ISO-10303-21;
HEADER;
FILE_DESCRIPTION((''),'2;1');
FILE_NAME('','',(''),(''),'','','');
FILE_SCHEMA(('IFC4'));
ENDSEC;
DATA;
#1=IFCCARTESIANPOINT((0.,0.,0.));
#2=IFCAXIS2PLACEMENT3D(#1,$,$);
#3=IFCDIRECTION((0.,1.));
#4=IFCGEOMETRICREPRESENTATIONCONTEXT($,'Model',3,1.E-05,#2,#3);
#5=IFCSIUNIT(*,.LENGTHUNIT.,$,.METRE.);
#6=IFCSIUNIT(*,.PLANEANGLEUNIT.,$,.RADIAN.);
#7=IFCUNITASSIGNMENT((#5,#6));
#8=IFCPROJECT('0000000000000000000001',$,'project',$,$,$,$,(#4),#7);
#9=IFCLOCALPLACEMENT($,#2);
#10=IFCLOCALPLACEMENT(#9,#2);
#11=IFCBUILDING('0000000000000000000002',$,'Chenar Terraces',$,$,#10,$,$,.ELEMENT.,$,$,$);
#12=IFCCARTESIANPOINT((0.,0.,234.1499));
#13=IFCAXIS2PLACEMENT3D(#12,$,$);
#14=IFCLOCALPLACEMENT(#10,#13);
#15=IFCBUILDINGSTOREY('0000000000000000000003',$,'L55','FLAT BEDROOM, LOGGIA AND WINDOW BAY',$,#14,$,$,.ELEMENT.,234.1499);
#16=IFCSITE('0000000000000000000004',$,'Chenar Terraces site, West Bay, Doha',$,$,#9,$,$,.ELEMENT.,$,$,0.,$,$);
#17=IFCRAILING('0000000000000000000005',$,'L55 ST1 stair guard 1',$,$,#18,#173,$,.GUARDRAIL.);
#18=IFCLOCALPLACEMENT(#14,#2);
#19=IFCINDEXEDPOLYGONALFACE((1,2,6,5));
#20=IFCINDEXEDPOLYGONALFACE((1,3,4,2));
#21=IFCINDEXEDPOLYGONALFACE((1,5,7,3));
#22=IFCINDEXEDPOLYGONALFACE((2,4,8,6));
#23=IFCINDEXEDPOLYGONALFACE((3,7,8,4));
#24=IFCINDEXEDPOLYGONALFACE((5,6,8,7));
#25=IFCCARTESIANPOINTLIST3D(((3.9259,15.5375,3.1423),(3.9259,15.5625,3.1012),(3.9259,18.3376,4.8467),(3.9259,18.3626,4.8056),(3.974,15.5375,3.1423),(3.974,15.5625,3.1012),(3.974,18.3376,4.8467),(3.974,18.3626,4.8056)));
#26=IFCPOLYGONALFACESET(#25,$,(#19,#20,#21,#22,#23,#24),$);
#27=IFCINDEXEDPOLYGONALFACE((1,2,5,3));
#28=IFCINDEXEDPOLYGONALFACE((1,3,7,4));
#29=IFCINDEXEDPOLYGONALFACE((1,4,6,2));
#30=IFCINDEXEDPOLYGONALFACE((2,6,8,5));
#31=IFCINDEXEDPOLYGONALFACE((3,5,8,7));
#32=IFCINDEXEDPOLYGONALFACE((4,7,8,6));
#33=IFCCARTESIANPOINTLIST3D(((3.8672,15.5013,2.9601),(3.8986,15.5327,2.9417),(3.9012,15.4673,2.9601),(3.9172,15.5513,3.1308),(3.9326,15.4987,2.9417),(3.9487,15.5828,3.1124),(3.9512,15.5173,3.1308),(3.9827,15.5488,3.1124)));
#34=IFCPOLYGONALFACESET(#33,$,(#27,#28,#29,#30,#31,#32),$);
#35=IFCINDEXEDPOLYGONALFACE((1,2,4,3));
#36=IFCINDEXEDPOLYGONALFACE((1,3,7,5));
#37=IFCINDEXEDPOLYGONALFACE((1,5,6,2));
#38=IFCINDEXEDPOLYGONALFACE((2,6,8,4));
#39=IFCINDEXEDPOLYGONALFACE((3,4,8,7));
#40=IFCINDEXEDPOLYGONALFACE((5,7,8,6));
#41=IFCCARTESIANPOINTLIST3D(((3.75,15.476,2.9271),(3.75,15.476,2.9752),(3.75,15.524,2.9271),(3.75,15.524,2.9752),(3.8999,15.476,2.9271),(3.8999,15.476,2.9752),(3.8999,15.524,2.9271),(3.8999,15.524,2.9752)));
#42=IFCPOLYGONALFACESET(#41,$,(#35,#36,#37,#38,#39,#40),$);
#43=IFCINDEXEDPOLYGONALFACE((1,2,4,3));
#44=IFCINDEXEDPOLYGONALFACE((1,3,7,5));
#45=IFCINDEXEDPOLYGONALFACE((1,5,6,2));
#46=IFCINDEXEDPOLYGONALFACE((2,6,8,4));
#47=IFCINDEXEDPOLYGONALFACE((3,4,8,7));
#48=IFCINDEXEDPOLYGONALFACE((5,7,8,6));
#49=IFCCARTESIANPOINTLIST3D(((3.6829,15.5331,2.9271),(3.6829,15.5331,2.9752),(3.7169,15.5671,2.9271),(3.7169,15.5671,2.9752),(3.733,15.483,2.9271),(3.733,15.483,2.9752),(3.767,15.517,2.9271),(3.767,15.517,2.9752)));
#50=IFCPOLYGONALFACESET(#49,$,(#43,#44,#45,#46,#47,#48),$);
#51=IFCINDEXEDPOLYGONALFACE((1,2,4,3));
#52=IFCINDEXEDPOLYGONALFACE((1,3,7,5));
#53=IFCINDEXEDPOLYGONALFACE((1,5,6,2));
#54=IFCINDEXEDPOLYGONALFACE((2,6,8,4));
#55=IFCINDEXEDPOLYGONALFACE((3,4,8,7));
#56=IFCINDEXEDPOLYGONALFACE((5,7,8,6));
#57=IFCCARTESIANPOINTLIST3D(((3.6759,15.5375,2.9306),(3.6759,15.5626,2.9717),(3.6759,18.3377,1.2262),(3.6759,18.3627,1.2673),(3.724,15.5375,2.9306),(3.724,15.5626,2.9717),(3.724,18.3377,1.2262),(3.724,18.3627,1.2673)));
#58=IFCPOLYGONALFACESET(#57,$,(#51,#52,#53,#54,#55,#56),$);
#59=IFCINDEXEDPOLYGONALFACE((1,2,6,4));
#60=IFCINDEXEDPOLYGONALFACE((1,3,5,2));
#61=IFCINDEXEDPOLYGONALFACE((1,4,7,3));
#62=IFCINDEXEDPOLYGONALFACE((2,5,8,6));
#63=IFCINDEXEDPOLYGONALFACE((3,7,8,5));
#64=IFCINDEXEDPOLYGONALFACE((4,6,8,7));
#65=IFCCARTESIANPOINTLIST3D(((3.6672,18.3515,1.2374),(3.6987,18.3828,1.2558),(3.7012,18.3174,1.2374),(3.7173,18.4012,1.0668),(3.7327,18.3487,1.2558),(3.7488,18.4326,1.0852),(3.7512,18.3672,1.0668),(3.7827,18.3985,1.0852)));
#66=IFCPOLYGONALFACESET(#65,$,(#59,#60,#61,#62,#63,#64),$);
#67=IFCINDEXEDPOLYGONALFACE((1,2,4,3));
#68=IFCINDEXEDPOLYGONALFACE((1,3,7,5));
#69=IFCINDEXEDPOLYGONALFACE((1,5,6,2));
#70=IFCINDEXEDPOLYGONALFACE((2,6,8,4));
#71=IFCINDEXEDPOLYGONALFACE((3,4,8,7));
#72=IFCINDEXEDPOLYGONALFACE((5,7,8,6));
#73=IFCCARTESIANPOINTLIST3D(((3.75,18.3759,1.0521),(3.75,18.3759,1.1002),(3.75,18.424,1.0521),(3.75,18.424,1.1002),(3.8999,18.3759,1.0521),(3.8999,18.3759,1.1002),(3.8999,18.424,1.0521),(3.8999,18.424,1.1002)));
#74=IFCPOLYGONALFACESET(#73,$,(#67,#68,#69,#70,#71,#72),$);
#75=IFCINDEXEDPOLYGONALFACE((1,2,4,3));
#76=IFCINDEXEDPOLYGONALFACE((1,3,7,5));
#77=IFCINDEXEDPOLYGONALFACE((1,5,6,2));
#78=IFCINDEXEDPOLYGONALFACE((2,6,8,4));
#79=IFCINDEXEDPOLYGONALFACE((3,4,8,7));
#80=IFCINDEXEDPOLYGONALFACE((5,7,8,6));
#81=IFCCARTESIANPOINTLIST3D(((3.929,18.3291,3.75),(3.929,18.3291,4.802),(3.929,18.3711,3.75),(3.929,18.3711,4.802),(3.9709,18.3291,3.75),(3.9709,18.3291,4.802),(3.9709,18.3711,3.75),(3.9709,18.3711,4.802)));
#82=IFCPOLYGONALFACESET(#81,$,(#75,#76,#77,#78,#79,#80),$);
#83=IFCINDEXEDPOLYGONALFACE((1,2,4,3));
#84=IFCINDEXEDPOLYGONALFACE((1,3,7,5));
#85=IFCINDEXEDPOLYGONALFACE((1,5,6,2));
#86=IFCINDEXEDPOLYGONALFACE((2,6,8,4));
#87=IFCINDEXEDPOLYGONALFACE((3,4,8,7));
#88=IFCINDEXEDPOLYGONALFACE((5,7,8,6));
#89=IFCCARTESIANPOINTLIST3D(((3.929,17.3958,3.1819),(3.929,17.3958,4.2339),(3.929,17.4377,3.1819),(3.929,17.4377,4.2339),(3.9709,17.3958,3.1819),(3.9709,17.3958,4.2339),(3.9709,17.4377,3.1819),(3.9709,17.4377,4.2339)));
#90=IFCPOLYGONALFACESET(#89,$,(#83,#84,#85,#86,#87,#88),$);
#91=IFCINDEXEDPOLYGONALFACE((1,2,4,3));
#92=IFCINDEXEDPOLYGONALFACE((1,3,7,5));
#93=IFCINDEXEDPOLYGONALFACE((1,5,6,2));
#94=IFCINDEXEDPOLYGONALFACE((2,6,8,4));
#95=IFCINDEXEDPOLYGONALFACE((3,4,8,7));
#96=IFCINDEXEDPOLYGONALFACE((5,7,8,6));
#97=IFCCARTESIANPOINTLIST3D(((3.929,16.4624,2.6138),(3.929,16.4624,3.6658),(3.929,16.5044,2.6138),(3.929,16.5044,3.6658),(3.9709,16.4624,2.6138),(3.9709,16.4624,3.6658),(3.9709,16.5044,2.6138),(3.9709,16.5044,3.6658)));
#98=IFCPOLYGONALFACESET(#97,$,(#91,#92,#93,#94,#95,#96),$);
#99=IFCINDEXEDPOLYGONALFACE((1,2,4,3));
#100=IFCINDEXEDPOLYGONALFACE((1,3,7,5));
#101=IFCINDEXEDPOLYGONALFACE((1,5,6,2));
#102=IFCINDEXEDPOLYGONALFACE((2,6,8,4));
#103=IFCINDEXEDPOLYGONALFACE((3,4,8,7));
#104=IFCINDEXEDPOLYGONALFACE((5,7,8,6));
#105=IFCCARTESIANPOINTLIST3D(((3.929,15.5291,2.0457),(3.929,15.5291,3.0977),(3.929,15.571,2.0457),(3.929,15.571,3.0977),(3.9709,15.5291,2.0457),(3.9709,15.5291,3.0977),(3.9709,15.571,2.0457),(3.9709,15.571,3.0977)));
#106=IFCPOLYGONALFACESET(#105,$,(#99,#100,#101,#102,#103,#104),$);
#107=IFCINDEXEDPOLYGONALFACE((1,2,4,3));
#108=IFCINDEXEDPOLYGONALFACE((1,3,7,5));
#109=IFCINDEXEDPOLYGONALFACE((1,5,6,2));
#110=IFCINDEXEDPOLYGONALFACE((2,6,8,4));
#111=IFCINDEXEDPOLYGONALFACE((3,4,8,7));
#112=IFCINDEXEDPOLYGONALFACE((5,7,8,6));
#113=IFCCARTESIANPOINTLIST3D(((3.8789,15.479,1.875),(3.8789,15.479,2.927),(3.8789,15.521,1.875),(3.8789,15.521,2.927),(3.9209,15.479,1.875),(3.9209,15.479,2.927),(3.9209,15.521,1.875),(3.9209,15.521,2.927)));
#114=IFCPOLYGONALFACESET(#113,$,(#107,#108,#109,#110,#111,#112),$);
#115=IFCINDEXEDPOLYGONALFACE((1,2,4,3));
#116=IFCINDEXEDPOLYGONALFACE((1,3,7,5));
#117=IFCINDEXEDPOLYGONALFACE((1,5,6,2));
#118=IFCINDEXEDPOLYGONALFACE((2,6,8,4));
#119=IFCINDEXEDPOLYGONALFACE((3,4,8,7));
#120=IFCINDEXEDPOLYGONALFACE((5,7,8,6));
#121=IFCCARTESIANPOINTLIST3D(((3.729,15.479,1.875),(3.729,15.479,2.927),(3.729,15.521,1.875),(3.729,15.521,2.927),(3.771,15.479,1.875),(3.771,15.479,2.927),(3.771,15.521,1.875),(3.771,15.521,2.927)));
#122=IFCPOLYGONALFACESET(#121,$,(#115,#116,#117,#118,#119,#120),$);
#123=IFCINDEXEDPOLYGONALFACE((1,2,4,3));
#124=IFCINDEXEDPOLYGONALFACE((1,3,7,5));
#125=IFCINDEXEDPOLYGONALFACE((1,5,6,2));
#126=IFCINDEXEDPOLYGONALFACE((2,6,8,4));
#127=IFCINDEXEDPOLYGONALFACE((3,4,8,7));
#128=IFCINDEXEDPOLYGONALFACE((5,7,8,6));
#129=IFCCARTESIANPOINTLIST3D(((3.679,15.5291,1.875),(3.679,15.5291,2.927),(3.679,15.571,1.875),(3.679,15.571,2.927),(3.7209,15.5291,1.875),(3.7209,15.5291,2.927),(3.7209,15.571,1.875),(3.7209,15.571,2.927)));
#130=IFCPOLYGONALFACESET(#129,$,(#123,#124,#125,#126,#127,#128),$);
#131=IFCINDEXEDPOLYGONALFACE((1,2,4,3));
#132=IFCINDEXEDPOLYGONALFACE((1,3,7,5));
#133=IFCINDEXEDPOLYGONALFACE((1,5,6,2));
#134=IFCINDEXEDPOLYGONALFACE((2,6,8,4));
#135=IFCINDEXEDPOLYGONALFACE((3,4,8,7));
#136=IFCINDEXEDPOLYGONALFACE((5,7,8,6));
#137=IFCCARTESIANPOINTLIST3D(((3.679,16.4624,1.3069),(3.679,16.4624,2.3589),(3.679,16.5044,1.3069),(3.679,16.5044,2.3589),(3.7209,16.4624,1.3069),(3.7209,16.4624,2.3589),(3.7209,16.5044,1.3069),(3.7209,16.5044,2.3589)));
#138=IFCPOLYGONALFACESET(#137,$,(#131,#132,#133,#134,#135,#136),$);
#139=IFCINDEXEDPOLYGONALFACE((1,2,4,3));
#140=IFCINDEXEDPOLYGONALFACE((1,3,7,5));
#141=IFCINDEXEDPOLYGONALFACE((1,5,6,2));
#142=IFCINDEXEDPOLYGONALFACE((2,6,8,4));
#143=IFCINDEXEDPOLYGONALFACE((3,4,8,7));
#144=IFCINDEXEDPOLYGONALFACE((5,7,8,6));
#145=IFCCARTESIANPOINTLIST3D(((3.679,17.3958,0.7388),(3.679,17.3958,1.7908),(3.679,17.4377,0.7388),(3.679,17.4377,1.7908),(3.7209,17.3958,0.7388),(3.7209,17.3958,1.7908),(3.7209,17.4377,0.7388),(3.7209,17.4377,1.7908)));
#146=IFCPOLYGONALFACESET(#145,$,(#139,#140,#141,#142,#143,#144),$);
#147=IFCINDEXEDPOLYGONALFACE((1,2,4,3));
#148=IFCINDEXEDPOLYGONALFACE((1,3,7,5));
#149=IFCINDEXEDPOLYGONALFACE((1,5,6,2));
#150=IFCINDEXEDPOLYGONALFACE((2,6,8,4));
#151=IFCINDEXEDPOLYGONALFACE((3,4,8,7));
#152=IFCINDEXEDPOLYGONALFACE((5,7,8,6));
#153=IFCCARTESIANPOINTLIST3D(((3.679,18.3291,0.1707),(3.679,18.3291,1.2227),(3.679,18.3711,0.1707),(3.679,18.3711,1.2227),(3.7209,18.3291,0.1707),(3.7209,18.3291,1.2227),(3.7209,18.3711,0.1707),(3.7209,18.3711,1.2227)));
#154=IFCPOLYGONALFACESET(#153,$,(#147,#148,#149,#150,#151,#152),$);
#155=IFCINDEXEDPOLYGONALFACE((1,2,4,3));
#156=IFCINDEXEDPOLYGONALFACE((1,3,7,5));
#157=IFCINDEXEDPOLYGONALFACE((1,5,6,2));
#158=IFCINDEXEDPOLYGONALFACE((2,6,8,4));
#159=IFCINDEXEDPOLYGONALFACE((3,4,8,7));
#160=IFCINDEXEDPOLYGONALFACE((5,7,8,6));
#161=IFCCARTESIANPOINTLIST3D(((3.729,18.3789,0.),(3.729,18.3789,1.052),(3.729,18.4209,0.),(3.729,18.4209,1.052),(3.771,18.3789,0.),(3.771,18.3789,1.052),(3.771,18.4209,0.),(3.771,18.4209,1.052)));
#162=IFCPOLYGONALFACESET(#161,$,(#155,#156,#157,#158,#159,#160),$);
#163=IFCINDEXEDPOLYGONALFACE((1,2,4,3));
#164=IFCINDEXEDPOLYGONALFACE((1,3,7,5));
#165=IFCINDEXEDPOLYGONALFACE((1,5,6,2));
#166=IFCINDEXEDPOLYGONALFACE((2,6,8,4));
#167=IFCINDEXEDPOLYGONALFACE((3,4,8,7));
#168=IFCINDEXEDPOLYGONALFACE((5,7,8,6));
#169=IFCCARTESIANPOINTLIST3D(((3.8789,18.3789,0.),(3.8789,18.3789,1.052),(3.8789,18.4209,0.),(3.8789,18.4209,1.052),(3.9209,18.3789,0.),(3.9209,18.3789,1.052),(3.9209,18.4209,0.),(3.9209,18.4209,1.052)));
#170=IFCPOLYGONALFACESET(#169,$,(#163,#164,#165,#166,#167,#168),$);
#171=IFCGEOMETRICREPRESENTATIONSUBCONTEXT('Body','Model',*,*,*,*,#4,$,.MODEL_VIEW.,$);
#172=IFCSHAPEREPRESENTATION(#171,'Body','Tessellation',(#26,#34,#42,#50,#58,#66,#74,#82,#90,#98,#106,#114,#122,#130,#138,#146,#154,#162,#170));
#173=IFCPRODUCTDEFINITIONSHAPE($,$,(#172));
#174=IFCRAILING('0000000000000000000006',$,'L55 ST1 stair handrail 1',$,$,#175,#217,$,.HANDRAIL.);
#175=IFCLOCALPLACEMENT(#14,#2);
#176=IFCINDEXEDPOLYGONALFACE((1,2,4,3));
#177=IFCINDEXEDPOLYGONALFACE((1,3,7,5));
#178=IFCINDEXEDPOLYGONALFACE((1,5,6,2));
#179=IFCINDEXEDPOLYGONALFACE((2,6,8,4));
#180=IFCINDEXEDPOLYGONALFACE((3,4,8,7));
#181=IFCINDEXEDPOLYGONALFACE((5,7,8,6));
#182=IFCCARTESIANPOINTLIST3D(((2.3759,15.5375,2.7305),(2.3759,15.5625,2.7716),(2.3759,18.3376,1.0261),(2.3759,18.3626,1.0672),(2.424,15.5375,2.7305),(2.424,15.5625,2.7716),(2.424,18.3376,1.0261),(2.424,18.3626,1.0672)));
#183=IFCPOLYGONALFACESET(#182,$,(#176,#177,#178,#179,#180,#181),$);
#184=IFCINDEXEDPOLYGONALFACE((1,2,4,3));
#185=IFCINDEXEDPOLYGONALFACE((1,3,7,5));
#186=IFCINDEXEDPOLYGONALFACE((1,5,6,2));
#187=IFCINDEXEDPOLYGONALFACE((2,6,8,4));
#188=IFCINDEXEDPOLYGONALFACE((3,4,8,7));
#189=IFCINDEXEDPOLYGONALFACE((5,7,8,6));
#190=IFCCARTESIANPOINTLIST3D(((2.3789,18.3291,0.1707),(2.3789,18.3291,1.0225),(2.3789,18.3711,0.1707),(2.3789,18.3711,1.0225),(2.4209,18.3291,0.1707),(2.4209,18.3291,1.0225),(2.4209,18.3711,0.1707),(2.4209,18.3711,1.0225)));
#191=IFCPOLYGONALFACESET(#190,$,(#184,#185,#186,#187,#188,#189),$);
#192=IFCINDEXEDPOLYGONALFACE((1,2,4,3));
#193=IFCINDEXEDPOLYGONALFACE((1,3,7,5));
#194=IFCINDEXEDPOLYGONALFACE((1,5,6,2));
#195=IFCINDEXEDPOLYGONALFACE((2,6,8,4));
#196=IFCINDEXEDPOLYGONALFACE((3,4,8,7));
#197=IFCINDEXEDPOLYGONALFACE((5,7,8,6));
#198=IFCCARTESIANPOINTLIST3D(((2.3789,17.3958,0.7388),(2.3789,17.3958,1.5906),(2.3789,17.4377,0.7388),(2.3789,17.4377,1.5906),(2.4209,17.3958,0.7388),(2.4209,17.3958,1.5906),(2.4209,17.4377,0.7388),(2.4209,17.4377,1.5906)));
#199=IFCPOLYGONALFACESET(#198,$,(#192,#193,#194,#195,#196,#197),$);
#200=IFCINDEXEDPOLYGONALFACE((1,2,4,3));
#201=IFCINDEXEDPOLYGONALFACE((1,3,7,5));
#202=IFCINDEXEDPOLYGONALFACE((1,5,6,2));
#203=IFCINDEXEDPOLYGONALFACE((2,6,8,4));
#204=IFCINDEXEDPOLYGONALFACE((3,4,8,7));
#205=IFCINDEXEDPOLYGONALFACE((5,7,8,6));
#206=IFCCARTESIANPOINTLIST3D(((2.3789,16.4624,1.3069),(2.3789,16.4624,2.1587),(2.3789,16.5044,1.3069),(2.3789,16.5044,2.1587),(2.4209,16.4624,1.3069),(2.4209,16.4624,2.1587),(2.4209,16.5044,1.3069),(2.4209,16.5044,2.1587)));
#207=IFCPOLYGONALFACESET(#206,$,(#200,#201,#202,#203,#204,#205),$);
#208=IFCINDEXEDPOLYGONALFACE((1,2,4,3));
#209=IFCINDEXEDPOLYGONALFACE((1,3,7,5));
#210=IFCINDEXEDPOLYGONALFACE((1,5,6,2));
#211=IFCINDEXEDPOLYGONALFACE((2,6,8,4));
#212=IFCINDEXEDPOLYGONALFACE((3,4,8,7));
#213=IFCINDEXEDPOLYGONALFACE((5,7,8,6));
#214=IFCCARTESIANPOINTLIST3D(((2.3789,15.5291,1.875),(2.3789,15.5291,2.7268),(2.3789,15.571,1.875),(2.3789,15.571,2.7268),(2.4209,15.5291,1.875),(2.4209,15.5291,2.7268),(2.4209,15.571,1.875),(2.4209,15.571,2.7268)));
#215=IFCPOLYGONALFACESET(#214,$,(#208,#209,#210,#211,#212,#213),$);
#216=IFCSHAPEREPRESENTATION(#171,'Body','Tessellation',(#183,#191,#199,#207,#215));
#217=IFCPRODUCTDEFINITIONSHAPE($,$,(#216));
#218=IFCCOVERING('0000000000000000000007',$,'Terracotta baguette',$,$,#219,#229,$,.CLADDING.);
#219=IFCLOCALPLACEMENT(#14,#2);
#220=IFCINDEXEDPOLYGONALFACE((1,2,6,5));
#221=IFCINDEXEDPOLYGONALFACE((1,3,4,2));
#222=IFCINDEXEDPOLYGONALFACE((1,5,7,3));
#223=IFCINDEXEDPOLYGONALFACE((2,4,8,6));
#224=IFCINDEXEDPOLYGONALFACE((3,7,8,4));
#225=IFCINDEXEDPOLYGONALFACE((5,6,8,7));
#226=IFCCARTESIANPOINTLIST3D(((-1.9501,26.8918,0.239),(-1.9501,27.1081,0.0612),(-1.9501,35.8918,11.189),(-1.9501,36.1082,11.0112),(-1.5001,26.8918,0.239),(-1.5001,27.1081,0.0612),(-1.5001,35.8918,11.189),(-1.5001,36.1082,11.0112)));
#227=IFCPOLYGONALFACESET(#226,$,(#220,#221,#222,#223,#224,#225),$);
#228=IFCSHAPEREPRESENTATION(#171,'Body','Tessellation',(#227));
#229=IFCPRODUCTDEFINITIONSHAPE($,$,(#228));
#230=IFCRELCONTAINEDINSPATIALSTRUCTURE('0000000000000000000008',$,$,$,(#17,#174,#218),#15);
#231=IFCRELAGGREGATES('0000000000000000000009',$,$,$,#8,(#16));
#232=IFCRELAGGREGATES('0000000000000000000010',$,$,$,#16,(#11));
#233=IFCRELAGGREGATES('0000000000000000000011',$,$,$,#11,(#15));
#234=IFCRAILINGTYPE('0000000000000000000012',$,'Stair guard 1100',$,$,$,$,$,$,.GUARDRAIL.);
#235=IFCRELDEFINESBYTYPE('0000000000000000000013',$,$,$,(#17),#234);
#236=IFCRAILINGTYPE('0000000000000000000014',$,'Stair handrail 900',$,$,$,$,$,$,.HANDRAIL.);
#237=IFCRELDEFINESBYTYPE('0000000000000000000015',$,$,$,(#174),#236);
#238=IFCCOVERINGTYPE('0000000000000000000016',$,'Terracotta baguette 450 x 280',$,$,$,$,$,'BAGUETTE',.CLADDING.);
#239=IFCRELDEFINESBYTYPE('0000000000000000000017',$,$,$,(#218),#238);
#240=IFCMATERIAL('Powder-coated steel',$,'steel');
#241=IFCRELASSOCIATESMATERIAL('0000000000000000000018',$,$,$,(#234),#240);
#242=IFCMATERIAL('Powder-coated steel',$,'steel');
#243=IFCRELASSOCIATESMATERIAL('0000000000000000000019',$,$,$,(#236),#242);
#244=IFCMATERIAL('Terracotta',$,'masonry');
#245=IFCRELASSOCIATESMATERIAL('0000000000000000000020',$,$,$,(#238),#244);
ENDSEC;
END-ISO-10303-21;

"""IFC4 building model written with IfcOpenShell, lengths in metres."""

from ifc_helpers import new_model, si_unit, direction, frame, origin, origin_2d, place, context, subcontext, project, spatial, rectangle, extrude, material, material_profile, profile_set, type_object, element, save


model = new_model("IFC4")

# Units and contexts
model_context = context("Model", 3, precision=1e-05, world=origin(), true_north=direction((0.0, 1.0)))
body_context = subcontext(model_context, "Body", "Model", "MODEL_VIEW")
ifc_project = project(units=[si_unit("LENGTHUNIT", "METRE"), si_unit("PLANEANGLEUNIT", "RADIAN")], contexts=[model_context])

# Site, building, storey
site_placement = place(None, origin())
site = spatial("IfcSite", under=ifc_project, at=site_placement, Name="Chenar Terraces site, West Bay, Doha", CompositionType="ELEMENT", RefElevation=0.0)
building_placement = place(site_placement, origin())
building = spatial("IfcBuilding", under=site, at=building_placement, Name="Chenar Terraces", CompositionType="ELEMENT")
storey_placement = place(building_placement, frame((0.0, 0.0, 234.1499)))
storey = spatial("IfcBuildingStorey", under=building, at=storey_placement, Name="L55", Description="FLAT BEDROOM, LOGGIA AND WINDOW BAY", CompositionType="ELEMENT", Elevation=234.1499)

# Railings
ifc_material_1 = material(Name="Powder-coated steel", Category="steel")
railing_type_1 = type_object("IfcRailingType", Name="Stair guard 1100", PredefinedType="GUARDRAIL", material=ifc_material_1)
railing_1_placement = place(storey_placement, frame((3.95, 18.3501, 3.75)))
element("IfcRailing", 1, at=railing_1_placement, inside=storey, type_object=railing_type_1, Name="L55 ST1 stair guard 1", PredefinedType="GUARDRAIL", context=body_context, shape_type="SweptSolid", body=[
    extrude(rectangle(XDim=0.0481, YDim=0.0481, at=origin_2d()), frame((0.0, 0.0, 1.0762), z_axis=(0.0, -0.854203, -0.51994), x_axis=(1.0, 0.0, 0.0)), (0.0, 0.0, 1.0), 3.2781),
    extrude(rectangle(XDim=0.0481, YDim=0.0481, at=origin_2d()), frame((0.0, -2.8, -0.6284), z_axis=(-0.2709, -0.2709, -0.923703), x_axis=(0.707107, -0.707107, 0.0)), (0.0, 0.0, 1.0), 0.1848),
    extrude(rectangle(XDim=0.0481, YDim=0.0481, at=origin_2d()), frame((-0.05, -2.8501, -0.7988), z_axis=(-1.0, 0.0, 0.0), x_axis=(0.0, -1.0, 0.0)), (0.0, 0.0, 1.0), 0.1499),
    extrude(rectangle(XDim=0.0481, YDim=0.0481, at=origin_2d()), frame((-0.2, -2.8501, -0.7988), z_axis=(-0.707107, 0.707107, 0.0), x_axis=(-0.707107, -0.707107, 0.0)), (0.0, 0.0, 1.0), 0.0708),
    extrude(rectangle(XDim=0.0481, YDim=0.0481, at=origin_2d()), frame((-0.25, -2.8, -0.7988), z_axis=(0.0, 0.854203, -0.51994), x_axis=(-1.0, 0.0, 0.0)), (0.0, 0.0, 1.0), 3.2781),
    extrude(rectangle(XDim=0.0481, YDim=0.0481, at=origin_2d()), frame((-0.25, 0.0, -2.5034), z_axis=(0.270997, 0.269675, -0.924033), x_axis=(-0.705376, 0.708834, 0.0)), (0.0, 0.0, 1.0), 0.1846),
    extrude(rectangle(XDim=0.0481, YDim=0.0481, at=origin_2d()), frame((-0.2, 0.0498, -2.6738), z_axis=(1.0, 0.0, 0.0), x_axis=(0.0, 1.0, 0.0)), (0.0, 0.0, 1.0), 0.1499),
    extrude(rectangle(XDim=0.042, YDim=0.042, at=origin_2d()), origin(), (0.0, 0.0, 1.0), 1.052),
    extrude(rectangle(XDim=0.042, YDim=0.042, at=origin_2d()), frame((0.0, -0.9333, -0.5681)), (0.0, 0.0, 1.0), 1.052),
    extrude(rectangle(XDim=0.042, YDim=0.042, at=origin_2d()), frame((0.0, -1.8667, -1.1362)), (0.0, 0.0, 1.0), 1.052),
    extrude(rectangle(XDim=0.042, YDim=0.042, at=origin_2d()), frame((0.0, -2.8, -1.7043)), (0.0, 0.0, 1.0), 1.052),
    extrude(rectangle(XDim=0.042, YDim=0.042, at=origin_2d()), frame((-0.05, -2.8501, -1.875)), (0.0, 0.0, 1.0), 1.052),
    extrude(rectangle(XDim=0.042, YDim=0.042, at=origin_2d()), frame((-0.2, -2.8501, -1.875)), (0.0, 0.0, 1.0), 1.052),
    extrude(rectangle(XDim=0.042, YDim=0.042, at=origin_2d()), frame((-0.25, -2.8, -1.875)), (0.0, 0.0, 1.0), 1.052),
    extrude(rectangle(XDim=0.042, YDim=0.042, at=origin_2d()), frame((-0.25, -1.8667, -2.4431)), (0.0, 0.0, 1.0), 1.052),
    extrude(rectangle(XDim=0.042, YDim=0.042, at=origin_2d()), frame((-0.25, -0.9333, -3.0112)), (0.0, 0.0, 1.0), 1.052),
    extrude(rectangle(XDim=0.042, YDim=0.042, at=origin_2d()), frame((-0.25, 0.0, -3.5793)), (0.0, 0.0, 1.0), 1.052),
    extrude(rectangle(XDim=0.042, YDim=0.042, at=origin_2d()), frame((-0.2, 0.0498, -3.75)), (0.0, 0.0, 1.0), 1.052),
    extrude(rectangle(XDim=0.042, YDim=0.042, at=origin_2d()), frame((-0.05, 0.0498, -3.75)), (0.0, 0.0, 1.0), 1.052),
])
ifc_material_2 = material(Name="Powder-coated steel", Category="steel")
railing_type_2 = type_object("IfcRailingType", Name="Stair handrail 900", PredefinedType="HANDRAIL", material=ifc_material_2)
railing_2_placement = place(storey_placement, frame((2.3999, 18.3501, 0.1707)))
element("IfcRailing", 2, at=railing_2_placement, inside=storey, type_object=railing_type_2, Name="L55 ST1 stair handrail 1", PredefinedType="HANDRAIL", context=body_context, shape_type="SweptSolid", body=[
    extrude(rectangle(XDim=0.0481, YDim=0.0481, at=origin_2d()), frame((0.0, 0.0, 0.876), z_axis=(0.0, -0.854203, 0.51994), x_axis=(1.0, 0.0, 0.0)), (0.0, 0.0, 1.0), 3.2781),
    extrude(rectangle(XDim=0.042, YDim=0.042, at=origin_2d()), origin(), (0.0, 0.0, 1.0), 0.8518),
    extrude(rectangle(XDim=0.042, YDim=0.042, at=origin_2d()), frame((0.0, -0.9333, 0.5681)), (0.0, 0.0, 1.0), 0.8518),
    extrude(rectangle(XDim=0.042, YDim=0.042, at=origin_2d()), frame((0.0, -1.8667, 1.1362)), (0.0, 0.0, 1.0), 0.8518),
    extrude(rectangle(XDim=0.042, YDim=0.042, at=origin_2d()), frame((0.0, -2.8, 1.7043)), (0.0, 0.0, 1.0), 0.8518),
])

# Covering
ifc_material_3 = material(Name="Terracotta", Category="masonry")
ifc_material_profile_1 = material_profile(ifc_material_3, rectangle(XDim=0.45, YDim=0.28, at=origin_2d()), Name="Terracotta baguette 450 x 280")
ifc_profile_set_1 = profile_set([ifc_material_profile_1], Name="Terracotta")
covering_type = type_object("IfcCoveringType", Name="Terracotta baguette 450 x 280", ElementType="BAGUETTE", PredefinedType="CLADDING", material=ifc_profile_set_1)
for number, where, z_axis, x_axis, name in (
    (3, (-1.7251, 36.0, 11.1001), (0.0, -0.634967, -0.772539), (1.0, 0.0, 0.0), "Terracotta baguette"),
):
    element("IfcCovering", number, at=place(storey_placement, frame(where, z_axis=z_axis, x_axis=x_axis)), inside=storey, type_object=covering_type, Name=name, PredefinedType="CLADDING", context=body_context, shape_type="SweptSolid", body=[
        extrude(rectangle(XDim=0.45, YDim=0.28, at=origin_2d()), origin(), (0.0, 0.0, 1.0), 14.1741),
    ])

save(model, "model.ifc")
